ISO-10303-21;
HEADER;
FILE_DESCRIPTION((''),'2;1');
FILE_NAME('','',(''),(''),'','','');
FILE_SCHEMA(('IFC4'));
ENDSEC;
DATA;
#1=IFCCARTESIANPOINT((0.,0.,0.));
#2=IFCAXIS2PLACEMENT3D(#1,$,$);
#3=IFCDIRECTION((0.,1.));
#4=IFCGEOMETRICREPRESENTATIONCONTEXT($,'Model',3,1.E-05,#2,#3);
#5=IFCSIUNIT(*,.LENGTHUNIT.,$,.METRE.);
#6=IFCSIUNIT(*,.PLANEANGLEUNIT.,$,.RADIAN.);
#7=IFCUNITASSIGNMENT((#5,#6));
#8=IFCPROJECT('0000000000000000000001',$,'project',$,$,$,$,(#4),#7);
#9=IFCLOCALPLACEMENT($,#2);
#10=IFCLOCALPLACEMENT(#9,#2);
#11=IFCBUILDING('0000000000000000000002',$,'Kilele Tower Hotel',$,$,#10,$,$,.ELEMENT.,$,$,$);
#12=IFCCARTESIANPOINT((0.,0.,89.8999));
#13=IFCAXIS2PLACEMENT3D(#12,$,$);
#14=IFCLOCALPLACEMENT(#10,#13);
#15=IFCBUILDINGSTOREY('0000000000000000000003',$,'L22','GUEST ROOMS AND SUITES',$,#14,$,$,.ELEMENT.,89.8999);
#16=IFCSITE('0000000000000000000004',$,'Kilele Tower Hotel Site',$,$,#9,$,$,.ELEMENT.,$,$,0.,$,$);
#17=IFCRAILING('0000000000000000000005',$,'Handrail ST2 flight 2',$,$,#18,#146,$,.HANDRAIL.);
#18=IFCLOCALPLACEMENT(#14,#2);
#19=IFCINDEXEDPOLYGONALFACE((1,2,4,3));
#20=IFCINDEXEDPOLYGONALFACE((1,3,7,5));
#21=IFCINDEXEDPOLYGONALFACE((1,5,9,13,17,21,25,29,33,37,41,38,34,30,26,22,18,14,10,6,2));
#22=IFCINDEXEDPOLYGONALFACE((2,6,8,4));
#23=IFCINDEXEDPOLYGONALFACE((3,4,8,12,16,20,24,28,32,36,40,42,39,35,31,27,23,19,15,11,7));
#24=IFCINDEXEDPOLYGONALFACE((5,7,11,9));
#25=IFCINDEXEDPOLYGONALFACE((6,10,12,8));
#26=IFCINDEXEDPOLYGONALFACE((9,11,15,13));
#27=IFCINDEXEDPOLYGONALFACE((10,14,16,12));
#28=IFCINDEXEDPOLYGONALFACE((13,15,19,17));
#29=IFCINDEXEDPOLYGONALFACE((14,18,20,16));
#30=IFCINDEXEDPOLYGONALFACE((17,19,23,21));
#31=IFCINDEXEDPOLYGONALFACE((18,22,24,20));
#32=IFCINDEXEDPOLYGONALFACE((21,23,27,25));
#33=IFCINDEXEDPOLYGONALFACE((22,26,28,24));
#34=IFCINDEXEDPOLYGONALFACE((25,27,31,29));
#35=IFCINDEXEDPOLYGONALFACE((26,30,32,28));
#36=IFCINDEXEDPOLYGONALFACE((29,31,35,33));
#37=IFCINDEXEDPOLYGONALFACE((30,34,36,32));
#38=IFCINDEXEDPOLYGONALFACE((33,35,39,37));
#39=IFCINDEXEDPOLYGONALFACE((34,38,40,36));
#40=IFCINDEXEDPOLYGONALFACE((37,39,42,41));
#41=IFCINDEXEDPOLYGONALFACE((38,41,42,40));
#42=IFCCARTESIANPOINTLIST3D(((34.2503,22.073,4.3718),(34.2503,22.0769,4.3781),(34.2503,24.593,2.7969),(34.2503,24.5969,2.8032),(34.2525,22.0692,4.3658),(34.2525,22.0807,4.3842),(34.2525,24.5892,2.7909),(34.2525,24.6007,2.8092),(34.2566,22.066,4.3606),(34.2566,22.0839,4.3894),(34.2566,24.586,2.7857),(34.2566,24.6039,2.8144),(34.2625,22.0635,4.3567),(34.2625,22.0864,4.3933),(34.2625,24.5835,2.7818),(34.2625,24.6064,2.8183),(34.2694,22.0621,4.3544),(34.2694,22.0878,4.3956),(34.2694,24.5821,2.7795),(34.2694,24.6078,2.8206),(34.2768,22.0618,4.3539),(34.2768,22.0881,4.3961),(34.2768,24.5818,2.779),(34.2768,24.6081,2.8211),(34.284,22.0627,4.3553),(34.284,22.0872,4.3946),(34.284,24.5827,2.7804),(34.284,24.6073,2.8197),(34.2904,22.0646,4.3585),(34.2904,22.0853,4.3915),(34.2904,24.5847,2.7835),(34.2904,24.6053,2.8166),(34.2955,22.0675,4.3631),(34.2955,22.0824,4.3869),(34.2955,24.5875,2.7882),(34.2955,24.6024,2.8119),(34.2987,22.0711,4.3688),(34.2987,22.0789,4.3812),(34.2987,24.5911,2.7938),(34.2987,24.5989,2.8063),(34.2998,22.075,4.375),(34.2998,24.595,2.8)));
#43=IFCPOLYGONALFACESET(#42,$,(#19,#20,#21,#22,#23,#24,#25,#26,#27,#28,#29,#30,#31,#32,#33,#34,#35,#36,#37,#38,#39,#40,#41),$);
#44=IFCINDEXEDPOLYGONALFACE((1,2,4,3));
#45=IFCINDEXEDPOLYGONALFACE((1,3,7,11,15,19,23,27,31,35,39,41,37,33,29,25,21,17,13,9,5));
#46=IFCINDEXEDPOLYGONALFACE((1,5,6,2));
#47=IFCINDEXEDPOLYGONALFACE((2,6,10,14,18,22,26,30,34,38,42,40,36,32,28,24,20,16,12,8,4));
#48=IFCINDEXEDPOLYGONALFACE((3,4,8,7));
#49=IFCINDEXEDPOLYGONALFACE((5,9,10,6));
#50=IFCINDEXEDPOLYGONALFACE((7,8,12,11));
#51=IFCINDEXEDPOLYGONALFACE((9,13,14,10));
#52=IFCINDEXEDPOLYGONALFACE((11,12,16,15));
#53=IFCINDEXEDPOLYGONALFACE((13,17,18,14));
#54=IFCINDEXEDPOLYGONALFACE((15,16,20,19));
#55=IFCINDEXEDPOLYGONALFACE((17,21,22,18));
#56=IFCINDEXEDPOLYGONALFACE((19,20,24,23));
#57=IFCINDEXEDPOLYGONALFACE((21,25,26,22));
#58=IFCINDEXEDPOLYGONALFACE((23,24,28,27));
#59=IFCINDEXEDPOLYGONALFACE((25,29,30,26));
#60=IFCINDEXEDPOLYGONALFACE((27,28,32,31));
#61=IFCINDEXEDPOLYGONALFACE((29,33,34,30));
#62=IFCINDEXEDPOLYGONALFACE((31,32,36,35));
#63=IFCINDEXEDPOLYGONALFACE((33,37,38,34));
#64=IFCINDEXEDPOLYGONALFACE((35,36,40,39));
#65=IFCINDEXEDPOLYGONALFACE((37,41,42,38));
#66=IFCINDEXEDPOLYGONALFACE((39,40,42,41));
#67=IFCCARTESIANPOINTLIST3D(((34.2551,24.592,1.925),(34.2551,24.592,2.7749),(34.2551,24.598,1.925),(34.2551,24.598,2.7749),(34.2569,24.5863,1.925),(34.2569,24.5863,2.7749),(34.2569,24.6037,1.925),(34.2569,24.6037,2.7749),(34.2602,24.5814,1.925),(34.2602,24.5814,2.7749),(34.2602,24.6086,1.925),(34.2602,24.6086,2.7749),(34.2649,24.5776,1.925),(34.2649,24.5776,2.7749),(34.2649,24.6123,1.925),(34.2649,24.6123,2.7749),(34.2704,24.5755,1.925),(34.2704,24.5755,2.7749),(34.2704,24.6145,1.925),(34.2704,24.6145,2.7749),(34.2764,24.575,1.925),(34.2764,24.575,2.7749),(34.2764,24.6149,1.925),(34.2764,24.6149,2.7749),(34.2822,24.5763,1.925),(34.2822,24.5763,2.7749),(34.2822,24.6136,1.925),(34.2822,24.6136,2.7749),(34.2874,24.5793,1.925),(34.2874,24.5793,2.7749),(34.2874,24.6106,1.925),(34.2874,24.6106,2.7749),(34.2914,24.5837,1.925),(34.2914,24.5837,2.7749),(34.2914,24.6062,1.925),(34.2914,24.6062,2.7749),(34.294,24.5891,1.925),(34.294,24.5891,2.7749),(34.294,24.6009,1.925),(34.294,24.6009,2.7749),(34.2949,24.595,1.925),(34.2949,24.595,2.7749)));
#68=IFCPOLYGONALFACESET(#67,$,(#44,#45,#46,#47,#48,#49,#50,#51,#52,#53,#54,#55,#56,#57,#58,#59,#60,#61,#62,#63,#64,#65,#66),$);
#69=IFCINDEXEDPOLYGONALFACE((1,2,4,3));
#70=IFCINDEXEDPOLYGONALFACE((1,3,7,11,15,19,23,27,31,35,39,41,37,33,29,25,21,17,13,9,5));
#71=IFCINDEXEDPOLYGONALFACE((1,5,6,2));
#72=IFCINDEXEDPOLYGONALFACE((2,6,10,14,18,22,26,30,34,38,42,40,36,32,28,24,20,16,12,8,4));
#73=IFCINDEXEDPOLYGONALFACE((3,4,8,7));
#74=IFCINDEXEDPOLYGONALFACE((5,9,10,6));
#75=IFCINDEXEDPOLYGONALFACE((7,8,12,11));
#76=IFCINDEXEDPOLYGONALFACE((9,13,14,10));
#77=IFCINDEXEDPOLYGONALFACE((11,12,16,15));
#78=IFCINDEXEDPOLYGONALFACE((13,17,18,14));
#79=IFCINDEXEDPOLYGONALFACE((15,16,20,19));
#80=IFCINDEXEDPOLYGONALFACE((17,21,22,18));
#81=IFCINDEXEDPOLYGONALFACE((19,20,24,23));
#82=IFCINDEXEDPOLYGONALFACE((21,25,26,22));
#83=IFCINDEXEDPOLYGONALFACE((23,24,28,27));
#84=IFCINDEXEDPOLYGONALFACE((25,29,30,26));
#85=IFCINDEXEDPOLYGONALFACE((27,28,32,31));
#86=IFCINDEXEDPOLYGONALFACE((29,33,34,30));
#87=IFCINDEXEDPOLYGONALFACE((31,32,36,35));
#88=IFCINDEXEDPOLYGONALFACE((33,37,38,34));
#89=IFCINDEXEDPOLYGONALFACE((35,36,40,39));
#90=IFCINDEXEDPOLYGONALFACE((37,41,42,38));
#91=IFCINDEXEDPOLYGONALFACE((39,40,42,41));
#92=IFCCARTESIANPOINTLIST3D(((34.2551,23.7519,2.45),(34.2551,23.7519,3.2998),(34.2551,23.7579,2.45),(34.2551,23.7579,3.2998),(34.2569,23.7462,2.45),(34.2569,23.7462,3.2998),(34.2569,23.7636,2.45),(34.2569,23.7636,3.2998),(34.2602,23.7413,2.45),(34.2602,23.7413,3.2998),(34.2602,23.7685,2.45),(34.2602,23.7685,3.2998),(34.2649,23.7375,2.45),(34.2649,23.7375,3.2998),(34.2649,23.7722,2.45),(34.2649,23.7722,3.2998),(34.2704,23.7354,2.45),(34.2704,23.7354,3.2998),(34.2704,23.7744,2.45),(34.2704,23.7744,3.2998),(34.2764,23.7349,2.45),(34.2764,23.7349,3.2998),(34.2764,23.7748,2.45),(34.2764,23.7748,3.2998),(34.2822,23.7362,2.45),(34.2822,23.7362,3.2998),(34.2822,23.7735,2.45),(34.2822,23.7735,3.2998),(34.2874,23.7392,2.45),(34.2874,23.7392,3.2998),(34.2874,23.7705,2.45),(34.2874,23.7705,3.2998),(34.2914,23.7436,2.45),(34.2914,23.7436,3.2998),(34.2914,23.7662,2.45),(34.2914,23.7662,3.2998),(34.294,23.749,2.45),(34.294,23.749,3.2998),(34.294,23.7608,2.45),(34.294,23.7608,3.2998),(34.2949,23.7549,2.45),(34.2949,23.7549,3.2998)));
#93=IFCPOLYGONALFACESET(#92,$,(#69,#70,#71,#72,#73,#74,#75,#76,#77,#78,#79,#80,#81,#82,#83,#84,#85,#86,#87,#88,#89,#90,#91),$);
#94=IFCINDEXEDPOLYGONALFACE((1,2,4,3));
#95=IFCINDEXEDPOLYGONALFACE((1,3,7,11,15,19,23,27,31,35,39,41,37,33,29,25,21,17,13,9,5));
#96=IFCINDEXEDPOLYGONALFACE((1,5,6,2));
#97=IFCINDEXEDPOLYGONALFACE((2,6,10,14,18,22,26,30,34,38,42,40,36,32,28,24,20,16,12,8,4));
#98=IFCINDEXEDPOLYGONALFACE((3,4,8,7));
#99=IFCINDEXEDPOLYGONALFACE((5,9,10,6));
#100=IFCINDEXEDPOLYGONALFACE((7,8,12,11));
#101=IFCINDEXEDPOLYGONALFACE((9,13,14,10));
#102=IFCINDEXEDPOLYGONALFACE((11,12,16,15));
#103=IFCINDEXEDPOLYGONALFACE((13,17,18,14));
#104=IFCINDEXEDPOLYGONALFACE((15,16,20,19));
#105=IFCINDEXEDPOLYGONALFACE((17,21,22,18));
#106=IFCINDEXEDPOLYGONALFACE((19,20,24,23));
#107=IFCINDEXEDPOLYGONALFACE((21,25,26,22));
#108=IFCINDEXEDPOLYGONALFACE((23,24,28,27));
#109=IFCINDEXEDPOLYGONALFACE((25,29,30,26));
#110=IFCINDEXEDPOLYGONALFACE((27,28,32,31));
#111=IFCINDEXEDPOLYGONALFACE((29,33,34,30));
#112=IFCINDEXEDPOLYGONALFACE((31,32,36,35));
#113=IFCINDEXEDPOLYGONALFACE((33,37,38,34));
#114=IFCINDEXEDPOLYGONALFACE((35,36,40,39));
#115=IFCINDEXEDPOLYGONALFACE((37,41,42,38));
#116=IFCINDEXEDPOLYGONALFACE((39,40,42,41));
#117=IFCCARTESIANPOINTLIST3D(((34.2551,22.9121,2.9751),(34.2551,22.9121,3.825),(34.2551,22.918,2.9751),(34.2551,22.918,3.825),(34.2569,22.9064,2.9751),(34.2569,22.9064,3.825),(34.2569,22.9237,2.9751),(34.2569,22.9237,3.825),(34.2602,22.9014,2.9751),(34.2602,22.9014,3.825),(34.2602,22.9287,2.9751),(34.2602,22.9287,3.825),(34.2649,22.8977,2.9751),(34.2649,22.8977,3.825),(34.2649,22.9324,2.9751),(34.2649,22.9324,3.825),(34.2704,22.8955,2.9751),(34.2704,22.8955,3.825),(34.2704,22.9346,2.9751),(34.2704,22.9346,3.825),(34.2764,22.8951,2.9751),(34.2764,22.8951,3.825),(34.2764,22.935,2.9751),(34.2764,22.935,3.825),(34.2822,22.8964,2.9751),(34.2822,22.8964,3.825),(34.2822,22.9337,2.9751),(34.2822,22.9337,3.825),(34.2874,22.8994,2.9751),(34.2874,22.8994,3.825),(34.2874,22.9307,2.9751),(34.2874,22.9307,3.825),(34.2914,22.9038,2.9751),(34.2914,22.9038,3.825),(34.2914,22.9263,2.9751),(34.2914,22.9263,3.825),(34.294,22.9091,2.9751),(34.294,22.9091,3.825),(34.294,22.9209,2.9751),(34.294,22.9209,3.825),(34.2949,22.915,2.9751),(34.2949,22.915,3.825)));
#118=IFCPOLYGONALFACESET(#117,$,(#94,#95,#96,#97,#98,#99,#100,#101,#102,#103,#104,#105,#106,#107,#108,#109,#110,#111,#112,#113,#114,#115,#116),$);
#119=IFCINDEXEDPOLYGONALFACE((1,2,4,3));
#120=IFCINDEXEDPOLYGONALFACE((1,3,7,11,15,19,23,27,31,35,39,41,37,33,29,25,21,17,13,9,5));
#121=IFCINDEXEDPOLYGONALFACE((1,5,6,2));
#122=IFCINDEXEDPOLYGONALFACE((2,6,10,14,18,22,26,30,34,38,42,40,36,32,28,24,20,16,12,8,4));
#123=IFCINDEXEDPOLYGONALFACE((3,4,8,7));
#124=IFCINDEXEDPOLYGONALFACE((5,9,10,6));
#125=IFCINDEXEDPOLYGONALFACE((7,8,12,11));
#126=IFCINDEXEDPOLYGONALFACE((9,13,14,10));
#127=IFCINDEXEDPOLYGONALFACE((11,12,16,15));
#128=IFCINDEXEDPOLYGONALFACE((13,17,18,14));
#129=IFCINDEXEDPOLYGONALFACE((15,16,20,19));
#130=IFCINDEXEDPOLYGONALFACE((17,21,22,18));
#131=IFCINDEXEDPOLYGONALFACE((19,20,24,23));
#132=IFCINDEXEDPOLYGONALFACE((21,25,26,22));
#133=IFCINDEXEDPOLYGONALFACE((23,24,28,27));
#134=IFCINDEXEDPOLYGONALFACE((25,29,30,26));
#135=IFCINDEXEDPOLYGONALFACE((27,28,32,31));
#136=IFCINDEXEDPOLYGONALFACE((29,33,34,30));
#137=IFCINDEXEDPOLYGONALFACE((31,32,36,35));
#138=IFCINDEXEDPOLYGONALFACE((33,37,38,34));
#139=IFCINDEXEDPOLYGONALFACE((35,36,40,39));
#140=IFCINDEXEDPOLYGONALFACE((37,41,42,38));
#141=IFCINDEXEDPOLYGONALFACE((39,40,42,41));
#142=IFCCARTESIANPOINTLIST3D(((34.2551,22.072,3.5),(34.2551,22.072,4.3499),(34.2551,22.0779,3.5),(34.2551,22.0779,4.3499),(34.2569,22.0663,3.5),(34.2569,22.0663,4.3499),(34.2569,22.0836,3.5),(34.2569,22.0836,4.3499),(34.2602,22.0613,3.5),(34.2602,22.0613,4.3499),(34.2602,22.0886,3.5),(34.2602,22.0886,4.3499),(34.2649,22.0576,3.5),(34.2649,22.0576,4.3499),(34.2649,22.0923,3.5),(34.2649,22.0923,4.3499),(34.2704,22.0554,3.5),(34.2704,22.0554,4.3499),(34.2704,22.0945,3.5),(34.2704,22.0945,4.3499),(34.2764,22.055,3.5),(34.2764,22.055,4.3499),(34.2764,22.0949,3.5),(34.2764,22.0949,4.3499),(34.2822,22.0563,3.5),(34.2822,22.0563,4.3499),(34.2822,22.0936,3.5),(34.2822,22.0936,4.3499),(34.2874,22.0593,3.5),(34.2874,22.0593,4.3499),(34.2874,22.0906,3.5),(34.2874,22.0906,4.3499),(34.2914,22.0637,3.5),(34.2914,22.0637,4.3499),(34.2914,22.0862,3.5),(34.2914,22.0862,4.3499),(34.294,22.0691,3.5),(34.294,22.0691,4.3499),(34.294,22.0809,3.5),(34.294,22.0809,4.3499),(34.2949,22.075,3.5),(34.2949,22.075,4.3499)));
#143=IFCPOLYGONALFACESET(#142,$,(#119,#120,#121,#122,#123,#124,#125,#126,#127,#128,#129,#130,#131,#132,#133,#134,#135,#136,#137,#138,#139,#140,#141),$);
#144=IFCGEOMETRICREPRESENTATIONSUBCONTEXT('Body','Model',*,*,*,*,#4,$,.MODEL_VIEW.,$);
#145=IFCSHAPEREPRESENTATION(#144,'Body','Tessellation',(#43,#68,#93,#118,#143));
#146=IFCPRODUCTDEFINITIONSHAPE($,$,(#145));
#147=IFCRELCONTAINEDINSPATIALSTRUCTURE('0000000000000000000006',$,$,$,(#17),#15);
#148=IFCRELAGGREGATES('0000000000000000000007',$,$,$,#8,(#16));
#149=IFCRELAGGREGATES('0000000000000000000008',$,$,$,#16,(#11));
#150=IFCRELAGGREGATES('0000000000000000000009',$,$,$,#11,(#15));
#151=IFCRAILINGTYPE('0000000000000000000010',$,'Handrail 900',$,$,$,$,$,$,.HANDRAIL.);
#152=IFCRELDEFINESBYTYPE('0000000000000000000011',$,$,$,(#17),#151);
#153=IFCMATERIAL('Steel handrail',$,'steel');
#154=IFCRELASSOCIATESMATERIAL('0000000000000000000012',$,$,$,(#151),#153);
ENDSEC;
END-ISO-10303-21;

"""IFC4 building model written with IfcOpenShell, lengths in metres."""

from ifc_helpers import new_model, si_unit, direction, frame, origin, origin_2d, place, context, subcontext, project, spatial, circle, extrude, material, type_object, element, save


model = new_model("IFC4")

# Units and contexts
model_context = context("Model", 3, precision=1e-05, world=origin(), true_north=direction((0.0, 1.0)))
body_context = subcontext(model_context, "Body", "Model", "MODEL_VIEW")
ifc_project = project(units=[si_unit("LENGTHUNIT", "METRE"), si_unit("PLANEANGLEUNIT", "RADIAN")], contexts=[model_context])

# Site, building, storey
site_placement = place(None, origin())
site = spatial("IfcSite", under=ifc_project, at=site_placement, Name="Kilele Tower Hotel Site", CompositionType="ELEMENT", RefElevation=0.0)
building_placement = place(site_placement, origin())
building = spatial("IfcBuilding", under=site, at=building_placement, Name="Kilele Tower Hotel", CompositionType="ELEMENT")
storey_placement = place(building_placement, frame((0.0, 0.0, 89.8999)))
storey = spatial("IfcBuildingStorey", under=building, at=storey_placement, Name="L22", Description="GUEST ROOMS AND SUITES", CompositionType="ELEMENT", Elevation=89.8999)

# Railing
ifc_material_1 = material(Name="Steel handrail", Category="steel")
railing_type_1 = type_object("IfcRailingType", Name="Handrail 900", PredefinedType="HANDRAIL", material=ifc_material_1)
for number, where, name in (
    (1, (34.2749, 24.595, 1.925), "Handrail ST2 flight 2"),
):
    element("IfcRailing", number, at=place(storey_placement, frame(where)), inside=storey, type_object=railing_type_1, Name=name, PredefinedType="HANDRAIL", context=body_context, shape_type="SweptSolid", body=[
        extrude(circle(Radius=0.0249, at=origin_2d()), frame((0.0, 0.0, 0.875), z_axis=(0.0, -0.848008, 0.529984), x_axis=(1.0, 0.0, 0.0)), (0.0, 0.0, 1.0), 2.9717),
        extrude(circle(Radius=0.02, at=origin_2d()), origin(), (0.0, 0.0, 1.0), 0.8499),
        extrude(circle(Radius=0.02, at=origin_2d()), frame((0.0, -0.8401, 0.5249)), (0.0, 0.0, 1.0), 0.8499),
        extrude(circle(Radius=0.02, at=origin_2d()), frame((0.0, -1.6799, 1.05)), (0.0, 0.0, 1.0), 0.8499),
        extrude(circle(Radius=0.02, at=origin_2d()), frame((0.0, -2.52, 1.575)), (0.0, 0.0, 1.0), 0.8499),
    ])

save(model, "model.ifc")
